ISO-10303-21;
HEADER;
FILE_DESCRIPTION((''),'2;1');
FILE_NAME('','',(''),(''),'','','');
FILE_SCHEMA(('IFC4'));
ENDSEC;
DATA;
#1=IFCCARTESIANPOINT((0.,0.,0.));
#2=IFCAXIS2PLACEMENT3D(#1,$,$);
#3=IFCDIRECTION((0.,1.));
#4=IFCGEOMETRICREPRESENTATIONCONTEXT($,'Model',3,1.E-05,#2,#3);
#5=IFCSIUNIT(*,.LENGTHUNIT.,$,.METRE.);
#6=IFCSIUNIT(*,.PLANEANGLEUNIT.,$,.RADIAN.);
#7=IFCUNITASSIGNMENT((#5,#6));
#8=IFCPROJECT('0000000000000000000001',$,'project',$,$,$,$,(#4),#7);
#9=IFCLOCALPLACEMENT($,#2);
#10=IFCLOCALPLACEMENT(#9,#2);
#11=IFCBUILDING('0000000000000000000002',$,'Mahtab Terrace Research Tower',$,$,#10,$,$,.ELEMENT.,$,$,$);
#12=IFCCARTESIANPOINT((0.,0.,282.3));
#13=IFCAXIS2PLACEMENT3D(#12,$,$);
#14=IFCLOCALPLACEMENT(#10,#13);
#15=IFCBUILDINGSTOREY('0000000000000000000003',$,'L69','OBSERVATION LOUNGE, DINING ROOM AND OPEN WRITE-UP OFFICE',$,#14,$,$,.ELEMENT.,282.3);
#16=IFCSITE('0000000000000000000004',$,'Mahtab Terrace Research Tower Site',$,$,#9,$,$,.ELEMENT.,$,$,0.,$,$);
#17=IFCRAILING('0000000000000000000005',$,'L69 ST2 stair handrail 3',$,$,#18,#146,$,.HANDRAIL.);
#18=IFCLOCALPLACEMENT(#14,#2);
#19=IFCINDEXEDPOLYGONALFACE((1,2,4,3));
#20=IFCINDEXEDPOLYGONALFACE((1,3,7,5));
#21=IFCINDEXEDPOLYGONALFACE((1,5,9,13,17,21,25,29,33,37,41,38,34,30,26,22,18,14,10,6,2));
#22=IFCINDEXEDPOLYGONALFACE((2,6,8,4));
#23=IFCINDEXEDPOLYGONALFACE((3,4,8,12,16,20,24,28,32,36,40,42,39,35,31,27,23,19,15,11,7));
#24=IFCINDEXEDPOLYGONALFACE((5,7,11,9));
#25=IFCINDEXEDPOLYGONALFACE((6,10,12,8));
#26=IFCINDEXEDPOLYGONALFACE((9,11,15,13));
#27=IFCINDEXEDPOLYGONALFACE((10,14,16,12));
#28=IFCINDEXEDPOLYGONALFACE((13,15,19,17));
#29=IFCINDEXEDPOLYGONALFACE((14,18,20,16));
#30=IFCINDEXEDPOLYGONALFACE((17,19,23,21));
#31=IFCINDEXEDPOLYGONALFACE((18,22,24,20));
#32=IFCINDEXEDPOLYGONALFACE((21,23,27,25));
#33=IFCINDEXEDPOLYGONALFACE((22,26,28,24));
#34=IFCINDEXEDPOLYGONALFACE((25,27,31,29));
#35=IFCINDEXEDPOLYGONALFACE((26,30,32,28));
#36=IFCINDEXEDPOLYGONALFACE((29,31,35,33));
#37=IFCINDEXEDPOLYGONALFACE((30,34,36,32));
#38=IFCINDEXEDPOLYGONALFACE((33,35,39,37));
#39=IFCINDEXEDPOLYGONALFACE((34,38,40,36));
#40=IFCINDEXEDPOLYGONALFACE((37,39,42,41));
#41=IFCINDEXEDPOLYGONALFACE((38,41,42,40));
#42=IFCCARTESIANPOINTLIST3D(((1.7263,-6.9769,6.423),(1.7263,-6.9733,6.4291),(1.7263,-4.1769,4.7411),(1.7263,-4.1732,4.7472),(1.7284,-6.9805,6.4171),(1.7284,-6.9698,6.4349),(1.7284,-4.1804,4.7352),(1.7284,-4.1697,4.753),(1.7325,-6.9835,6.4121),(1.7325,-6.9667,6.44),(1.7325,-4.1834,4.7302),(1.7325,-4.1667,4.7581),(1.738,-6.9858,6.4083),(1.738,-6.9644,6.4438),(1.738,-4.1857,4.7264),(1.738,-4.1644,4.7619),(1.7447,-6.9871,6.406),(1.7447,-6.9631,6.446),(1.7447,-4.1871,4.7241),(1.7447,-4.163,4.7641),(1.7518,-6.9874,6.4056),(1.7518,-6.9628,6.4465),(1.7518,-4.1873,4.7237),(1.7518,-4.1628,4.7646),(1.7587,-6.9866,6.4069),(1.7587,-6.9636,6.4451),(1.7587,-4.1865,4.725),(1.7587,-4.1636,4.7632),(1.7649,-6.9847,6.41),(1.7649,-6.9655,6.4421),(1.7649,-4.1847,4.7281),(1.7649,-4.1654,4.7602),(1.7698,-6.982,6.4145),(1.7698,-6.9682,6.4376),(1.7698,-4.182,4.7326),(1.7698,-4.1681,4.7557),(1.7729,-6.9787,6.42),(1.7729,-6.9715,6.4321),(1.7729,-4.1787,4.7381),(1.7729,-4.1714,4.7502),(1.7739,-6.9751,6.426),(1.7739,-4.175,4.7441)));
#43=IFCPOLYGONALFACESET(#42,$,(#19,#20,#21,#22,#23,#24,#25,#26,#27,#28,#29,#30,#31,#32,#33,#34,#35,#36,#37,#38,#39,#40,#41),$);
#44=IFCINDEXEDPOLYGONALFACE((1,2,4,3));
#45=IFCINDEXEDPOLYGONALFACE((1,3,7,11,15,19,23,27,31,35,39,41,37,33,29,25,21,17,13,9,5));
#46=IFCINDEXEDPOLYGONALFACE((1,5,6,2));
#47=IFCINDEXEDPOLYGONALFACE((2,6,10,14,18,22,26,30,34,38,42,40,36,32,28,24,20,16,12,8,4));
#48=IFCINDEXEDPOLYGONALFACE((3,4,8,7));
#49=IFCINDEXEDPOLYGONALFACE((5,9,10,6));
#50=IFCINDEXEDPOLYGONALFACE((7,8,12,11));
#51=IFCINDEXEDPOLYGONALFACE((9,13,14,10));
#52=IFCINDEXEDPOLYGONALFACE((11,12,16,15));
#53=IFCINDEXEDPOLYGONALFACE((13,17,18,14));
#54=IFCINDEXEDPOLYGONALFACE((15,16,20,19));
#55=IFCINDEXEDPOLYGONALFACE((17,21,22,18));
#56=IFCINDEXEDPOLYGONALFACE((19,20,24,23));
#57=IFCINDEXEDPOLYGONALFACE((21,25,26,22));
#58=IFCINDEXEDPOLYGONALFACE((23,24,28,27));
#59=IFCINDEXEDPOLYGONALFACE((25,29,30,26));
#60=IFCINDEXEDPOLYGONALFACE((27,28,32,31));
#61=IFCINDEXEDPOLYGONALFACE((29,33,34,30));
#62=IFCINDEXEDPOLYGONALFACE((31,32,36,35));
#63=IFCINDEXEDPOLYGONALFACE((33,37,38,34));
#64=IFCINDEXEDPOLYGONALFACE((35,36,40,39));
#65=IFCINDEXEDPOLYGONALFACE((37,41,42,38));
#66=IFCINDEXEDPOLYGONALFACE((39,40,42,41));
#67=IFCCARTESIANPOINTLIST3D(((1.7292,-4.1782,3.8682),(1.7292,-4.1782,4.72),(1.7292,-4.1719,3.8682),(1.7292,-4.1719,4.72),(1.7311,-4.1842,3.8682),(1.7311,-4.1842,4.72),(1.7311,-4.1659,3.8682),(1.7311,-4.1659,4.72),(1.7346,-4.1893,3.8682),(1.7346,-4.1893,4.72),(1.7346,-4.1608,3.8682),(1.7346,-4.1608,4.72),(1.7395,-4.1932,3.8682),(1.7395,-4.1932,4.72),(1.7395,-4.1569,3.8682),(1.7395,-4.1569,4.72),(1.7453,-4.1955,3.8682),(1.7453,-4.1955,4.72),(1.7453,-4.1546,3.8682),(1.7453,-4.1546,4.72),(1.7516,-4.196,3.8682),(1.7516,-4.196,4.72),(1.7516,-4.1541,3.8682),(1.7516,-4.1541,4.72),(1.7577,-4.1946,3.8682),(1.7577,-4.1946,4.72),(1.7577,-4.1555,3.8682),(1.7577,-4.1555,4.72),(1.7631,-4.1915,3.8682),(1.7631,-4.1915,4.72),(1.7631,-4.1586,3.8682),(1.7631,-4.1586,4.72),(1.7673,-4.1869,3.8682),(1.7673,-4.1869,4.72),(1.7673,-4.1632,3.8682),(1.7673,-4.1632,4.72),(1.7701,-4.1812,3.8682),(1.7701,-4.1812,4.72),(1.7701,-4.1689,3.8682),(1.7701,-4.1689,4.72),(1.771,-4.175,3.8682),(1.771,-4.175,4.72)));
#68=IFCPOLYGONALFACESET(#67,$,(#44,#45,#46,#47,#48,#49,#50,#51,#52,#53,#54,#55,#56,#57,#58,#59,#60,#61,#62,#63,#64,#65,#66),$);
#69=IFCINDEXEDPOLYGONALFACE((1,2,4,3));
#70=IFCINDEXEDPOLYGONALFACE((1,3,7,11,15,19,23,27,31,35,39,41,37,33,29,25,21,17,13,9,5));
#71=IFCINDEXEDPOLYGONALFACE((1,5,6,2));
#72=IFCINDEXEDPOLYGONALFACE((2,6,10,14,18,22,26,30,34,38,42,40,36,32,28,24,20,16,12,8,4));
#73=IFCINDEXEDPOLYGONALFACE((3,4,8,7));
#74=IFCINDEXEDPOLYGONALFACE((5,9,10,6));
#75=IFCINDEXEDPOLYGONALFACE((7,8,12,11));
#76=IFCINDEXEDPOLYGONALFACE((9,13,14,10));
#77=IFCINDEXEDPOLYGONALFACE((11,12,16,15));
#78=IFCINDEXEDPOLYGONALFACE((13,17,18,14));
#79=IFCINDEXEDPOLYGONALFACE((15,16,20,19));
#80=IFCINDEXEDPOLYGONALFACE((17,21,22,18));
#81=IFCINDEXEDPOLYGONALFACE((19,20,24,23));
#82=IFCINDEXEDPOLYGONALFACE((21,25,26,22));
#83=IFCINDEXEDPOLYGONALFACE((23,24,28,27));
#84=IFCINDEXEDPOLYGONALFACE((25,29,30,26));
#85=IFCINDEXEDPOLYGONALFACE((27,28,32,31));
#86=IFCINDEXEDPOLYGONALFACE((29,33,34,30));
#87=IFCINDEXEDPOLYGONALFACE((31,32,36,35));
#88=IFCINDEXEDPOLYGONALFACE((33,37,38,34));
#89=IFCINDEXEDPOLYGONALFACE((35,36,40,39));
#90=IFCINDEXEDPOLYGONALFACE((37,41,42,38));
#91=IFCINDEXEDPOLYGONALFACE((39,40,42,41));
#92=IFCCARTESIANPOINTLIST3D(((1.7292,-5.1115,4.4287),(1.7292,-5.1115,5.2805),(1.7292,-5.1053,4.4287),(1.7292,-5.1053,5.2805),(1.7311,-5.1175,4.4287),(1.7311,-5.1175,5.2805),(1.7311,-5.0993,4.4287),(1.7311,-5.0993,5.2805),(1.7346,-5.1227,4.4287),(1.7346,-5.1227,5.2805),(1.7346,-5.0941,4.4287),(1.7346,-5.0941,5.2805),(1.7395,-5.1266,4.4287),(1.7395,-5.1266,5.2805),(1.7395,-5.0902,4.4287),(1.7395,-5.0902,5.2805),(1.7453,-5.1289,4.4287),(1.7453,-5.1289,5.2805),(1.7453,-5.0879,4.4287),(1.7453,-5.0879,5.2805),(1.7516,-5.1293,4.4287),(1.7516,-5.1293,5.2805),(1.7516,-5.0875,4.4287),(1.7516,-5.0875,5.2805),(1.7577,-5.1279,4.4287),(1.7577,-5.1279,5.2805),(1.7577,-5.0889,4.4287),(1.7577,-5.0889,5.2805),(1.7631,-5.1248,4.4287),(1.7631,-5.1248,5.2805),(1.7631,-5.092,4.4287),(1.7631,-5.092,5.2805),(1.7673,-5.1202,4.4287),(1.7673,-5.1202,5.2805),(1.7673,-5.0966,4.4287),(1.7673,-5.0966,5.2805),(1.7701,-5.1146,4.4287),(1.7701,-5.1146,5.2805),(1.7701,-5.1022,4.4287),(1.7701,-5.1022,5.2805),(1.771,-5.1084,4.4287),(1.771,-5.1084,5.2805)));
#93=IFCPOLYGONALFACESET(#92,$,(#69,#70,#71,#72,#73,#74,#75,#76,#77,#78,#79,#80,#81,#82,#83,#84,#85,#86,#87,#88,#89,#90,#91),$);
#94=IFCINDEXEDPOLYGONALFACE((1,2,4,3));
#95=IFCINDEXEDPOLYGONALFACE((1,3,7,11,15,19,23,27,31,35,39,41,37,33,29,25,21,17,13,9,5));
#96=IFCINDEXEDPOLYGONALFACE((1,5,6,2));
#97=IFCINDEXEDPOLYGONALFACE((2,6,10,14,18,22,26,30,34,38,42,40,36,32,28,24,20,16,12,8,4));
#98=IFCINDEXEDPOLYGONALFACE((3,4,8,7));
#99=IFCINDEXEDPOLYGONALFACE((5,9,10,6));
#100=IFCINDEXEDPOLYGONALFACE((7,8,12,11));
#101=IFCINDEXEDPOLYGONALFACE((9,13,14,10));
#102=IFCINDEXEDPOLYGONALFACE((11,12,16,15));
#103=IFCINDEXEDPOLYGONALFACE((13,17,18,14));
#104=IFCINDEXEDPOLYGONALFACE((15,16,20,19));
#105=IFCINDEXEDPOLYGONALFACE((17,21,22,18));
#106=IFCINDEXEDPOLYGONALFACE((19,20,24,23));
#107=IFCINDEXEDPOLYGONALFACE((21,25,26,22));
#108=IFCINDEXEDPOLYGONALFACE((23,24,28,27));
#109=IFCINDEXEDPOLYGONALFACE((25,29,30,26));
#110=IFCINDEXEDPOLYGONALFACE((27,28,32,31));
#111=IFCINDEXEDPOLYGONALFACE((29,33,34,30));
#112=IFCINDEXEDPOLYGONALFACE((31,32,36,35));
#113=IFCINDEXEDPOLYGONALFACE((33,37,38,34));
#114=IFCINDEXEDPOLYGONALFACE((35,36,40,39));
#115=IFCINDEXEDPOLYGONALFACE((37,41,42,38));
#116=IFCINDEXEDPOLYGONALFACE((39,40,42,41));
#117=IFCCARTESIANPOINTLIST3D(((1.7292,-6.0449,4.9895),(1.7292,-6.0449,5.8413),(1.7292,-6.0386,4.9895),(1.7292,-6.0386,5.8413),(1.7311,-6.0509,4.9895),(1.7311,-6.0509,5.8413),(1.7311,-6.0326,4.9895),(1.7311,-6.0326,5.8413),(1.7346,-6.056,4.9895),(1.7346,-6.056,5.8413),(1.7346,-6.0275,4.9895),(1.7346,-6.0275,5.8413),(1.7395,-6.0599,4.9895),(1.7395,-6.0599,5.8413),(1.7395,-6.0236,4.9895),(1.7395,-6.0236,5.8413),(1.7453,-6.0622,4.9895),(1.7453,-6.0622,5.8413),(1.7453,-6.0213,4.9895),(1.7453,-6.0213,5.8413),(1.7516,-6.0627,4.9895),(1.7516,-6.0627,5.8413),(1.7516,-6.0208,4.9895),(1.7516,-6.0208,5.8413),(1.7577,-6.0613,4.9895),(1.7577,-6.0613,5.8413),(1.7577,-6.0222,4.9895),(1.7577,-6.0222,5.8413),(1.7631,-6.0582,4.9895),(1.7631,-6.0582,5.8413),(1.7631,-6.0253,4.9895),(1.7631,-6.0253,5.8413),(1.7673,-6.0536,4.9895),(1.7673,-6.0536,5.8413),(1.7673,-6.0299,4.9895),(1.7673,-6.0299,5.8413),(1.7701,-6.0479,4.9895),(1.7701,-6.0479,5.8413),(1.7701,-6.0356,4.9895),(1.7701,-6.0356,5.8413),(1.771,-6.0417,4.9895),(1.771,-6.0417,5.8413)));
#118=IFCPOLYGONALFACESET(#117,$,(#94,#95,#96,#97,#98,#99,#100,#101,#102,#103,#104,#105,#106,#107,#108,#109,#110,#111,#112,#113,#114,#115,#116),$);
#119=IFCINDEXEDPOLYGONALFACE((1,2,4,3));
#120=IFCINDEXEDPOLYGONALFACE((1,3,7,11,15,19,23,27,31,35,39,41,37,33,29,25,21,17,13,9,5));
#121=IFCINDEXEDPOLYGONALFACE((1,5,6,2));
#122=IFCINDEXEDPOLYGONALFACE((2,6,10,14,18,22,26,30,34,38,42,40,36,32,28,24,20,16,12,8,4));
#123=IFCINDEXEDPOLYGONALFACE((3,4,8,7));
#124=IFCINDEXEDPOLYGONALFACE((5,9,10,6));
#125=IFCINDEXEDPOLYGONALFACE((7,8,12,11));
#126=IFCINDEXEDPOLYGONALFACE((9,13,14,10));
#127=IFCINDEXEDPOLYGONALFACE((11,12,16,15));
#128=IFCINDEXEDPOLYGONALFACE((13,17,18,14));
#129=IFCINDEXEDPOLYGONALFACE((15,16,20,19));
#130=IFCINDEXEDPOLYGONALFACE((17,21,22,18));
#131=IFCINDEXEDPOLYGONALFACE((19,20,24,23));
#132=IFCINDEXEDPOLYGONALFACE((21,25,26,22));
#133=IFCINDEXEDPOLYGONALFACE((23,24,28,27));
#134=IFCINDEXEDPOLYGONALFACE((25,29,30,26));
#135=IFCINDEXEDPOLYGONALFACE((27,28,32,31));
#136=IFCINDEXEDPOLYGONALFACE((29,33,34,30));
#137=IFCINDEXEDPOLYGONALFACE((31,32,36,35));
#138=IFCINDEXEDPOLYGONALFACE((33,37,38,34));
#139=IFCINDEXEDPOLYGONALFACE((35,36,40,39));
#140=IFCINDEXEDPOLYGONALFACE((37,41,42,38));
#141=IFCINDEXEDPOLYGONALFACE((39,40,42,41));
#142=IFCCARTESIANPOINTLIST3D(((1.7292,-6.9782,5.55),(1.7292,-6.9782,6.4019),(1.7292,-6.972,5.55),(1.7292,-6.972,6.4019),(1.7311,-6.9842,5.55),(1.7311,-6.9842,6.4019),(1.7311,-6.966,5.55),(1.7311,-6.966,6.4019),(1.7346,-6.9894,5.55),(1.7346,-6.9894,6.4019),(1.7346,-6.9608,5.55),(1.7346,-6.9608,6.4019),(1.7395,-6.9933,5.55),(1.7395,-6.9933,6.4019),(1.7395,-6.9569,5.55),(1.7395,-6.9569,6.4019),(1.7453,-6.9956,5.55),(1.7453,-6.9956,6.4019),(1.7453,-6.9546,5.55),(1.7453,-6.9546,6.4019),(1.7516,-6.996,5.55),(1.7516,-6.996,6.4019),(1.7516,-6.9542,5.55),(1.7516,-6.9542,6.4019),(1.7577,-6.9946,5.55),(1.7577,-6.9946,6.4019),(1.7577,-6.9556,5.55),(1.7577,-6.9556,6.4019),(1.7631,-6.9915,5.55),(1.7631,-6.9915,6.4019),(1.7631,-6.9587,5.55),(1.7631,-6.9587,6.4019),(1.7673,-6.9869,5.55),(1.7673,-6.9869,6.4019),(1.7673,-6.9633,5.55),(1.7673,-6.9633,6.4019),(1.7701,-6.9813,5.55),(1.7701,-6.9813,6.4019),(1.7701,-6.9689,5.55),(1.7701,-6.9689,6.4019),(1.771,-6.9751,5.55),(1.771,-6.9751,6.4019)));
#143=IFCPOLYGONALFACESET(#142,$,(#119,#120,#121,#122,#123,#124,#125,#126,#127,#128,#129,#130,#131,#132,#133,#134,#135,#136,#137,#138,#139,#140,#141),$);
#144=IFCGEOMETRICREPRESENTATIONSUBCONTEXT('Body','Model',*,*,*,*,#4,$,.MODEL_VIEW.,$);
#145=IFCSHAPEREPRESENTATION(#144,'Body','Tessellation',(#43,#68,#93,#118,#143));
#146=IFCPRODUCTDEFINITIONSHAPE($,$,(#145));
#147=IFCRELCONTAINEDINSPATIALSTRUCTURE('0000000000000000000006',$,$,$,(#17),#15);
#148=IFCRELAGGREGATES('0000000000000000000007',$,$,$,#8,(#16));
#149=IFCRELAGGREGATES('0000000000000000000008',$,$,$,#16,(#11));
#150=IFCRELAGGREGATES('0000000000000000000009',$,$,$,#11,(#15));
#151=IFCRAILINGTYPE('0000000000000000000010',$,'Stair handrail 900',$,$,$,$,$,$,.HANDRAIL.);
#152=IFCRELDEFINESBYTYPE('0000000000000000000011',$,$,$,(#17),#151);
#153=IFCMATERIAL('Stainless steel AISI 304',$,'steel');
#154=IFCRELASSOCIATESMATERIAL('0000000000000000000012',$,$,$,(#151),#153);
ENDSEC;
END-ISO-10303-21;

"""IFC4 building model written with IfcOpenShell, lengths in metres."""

from ifc_helpers import new_model, si_unit, direction, frame, origin, origin_2d, place, context, subcontext, project, spatial, circle, extrude, material, type_object, element, save


model = new_model("IFC4")

# Units and contexts
model_context = context("Model", 3, precision=1e-05, world=origin(), true_north=direction((0.0, 1.0)))
body_context = subcontext(model_context, "Body", "Model", "MODEL_VIEW")
ifc_project = project(units=[si_unit("LENGTHUNIT", "METRE"), si_unit("PLANEANGLEUNIT", "RADIAN")], contexts=[model_context])

# Site, building, storey
site_placement = place(None, origin())
site = spatial("IfcSite", under=ifc_project, at=site_placement, Name="Mahtab Terrace Research Tower Site", CompositionType="ELEMENT", RefElevation=0.0)
building_placement = place(site_placement, origin())
building = spatial("IfcBuilding", under=site, at=building_placement, Name="Mahtab Terrace Research Tower", CompositionType="ELEMENT")
storey_placement = place(building_placement, frame((0.0, 0.0, 282.3)))
storey = spatial("IfcBuildingStorey", under=building, at=storey_placement, Name="L69", Description="OBSERVATION LOUNGE, DINING ROOM AND OPEN WRITE-UP OFFICE", CompositionType="ELEMENT", Elevation=282.3)

# Railing
ifc_material_1 = material(Name="Stainless steel AISI 304", Category="steel")
railing_type_1 = type_object("IfcRailingType", Name="Stair handrail 900", PredefinedType="HANDRAIL", material=ifc_material_1)
railing_1_placement = place(storey_placement, frame((1.75, -4.175, 3.8682)))
element("IfcRailing", 1, at=railing_1_placement, inside=storey, type_object=railing_type_1, Name="L69 ST2 stair handrail 3", PredefinedType="HANDRAIL", context=body_context, shape_type="SweptSolid", body=[
    extrude(circle(Radius=0.0239, at=origin_2d()), frame((0.0, 0.0, 0.876), z_axis=(0.0, -0.857242, 0.514913), x_axis=(1.0, 0.0, 0.0)), (0.0, 0.0, 1.0), 3.2664),
    extrude(circle(Radius=0.021, at=origin_2d()), origin(), (0.0, 0.0, 1.0), 0.8518),
    extrude(circle(Radius=0.021, at=origin_2d()), frame((0.0, -0.9333, 0.5605)), (0.0, 0.0, 1.0), 0.8518),
    extrude(circle(Radius=0.021, at=origin_2d()), frame((0.0, -1.8667, 1.1213)), (0.0, 0.0, 1.0), 0.8518),
    extrude(circle(Radius=0.021, at=origin_2d()), frame((0.0, -2.8, 1.6819)), (0.0, 0.0, 1.0), 0.8518),
])

save(model, "model.ifc")
